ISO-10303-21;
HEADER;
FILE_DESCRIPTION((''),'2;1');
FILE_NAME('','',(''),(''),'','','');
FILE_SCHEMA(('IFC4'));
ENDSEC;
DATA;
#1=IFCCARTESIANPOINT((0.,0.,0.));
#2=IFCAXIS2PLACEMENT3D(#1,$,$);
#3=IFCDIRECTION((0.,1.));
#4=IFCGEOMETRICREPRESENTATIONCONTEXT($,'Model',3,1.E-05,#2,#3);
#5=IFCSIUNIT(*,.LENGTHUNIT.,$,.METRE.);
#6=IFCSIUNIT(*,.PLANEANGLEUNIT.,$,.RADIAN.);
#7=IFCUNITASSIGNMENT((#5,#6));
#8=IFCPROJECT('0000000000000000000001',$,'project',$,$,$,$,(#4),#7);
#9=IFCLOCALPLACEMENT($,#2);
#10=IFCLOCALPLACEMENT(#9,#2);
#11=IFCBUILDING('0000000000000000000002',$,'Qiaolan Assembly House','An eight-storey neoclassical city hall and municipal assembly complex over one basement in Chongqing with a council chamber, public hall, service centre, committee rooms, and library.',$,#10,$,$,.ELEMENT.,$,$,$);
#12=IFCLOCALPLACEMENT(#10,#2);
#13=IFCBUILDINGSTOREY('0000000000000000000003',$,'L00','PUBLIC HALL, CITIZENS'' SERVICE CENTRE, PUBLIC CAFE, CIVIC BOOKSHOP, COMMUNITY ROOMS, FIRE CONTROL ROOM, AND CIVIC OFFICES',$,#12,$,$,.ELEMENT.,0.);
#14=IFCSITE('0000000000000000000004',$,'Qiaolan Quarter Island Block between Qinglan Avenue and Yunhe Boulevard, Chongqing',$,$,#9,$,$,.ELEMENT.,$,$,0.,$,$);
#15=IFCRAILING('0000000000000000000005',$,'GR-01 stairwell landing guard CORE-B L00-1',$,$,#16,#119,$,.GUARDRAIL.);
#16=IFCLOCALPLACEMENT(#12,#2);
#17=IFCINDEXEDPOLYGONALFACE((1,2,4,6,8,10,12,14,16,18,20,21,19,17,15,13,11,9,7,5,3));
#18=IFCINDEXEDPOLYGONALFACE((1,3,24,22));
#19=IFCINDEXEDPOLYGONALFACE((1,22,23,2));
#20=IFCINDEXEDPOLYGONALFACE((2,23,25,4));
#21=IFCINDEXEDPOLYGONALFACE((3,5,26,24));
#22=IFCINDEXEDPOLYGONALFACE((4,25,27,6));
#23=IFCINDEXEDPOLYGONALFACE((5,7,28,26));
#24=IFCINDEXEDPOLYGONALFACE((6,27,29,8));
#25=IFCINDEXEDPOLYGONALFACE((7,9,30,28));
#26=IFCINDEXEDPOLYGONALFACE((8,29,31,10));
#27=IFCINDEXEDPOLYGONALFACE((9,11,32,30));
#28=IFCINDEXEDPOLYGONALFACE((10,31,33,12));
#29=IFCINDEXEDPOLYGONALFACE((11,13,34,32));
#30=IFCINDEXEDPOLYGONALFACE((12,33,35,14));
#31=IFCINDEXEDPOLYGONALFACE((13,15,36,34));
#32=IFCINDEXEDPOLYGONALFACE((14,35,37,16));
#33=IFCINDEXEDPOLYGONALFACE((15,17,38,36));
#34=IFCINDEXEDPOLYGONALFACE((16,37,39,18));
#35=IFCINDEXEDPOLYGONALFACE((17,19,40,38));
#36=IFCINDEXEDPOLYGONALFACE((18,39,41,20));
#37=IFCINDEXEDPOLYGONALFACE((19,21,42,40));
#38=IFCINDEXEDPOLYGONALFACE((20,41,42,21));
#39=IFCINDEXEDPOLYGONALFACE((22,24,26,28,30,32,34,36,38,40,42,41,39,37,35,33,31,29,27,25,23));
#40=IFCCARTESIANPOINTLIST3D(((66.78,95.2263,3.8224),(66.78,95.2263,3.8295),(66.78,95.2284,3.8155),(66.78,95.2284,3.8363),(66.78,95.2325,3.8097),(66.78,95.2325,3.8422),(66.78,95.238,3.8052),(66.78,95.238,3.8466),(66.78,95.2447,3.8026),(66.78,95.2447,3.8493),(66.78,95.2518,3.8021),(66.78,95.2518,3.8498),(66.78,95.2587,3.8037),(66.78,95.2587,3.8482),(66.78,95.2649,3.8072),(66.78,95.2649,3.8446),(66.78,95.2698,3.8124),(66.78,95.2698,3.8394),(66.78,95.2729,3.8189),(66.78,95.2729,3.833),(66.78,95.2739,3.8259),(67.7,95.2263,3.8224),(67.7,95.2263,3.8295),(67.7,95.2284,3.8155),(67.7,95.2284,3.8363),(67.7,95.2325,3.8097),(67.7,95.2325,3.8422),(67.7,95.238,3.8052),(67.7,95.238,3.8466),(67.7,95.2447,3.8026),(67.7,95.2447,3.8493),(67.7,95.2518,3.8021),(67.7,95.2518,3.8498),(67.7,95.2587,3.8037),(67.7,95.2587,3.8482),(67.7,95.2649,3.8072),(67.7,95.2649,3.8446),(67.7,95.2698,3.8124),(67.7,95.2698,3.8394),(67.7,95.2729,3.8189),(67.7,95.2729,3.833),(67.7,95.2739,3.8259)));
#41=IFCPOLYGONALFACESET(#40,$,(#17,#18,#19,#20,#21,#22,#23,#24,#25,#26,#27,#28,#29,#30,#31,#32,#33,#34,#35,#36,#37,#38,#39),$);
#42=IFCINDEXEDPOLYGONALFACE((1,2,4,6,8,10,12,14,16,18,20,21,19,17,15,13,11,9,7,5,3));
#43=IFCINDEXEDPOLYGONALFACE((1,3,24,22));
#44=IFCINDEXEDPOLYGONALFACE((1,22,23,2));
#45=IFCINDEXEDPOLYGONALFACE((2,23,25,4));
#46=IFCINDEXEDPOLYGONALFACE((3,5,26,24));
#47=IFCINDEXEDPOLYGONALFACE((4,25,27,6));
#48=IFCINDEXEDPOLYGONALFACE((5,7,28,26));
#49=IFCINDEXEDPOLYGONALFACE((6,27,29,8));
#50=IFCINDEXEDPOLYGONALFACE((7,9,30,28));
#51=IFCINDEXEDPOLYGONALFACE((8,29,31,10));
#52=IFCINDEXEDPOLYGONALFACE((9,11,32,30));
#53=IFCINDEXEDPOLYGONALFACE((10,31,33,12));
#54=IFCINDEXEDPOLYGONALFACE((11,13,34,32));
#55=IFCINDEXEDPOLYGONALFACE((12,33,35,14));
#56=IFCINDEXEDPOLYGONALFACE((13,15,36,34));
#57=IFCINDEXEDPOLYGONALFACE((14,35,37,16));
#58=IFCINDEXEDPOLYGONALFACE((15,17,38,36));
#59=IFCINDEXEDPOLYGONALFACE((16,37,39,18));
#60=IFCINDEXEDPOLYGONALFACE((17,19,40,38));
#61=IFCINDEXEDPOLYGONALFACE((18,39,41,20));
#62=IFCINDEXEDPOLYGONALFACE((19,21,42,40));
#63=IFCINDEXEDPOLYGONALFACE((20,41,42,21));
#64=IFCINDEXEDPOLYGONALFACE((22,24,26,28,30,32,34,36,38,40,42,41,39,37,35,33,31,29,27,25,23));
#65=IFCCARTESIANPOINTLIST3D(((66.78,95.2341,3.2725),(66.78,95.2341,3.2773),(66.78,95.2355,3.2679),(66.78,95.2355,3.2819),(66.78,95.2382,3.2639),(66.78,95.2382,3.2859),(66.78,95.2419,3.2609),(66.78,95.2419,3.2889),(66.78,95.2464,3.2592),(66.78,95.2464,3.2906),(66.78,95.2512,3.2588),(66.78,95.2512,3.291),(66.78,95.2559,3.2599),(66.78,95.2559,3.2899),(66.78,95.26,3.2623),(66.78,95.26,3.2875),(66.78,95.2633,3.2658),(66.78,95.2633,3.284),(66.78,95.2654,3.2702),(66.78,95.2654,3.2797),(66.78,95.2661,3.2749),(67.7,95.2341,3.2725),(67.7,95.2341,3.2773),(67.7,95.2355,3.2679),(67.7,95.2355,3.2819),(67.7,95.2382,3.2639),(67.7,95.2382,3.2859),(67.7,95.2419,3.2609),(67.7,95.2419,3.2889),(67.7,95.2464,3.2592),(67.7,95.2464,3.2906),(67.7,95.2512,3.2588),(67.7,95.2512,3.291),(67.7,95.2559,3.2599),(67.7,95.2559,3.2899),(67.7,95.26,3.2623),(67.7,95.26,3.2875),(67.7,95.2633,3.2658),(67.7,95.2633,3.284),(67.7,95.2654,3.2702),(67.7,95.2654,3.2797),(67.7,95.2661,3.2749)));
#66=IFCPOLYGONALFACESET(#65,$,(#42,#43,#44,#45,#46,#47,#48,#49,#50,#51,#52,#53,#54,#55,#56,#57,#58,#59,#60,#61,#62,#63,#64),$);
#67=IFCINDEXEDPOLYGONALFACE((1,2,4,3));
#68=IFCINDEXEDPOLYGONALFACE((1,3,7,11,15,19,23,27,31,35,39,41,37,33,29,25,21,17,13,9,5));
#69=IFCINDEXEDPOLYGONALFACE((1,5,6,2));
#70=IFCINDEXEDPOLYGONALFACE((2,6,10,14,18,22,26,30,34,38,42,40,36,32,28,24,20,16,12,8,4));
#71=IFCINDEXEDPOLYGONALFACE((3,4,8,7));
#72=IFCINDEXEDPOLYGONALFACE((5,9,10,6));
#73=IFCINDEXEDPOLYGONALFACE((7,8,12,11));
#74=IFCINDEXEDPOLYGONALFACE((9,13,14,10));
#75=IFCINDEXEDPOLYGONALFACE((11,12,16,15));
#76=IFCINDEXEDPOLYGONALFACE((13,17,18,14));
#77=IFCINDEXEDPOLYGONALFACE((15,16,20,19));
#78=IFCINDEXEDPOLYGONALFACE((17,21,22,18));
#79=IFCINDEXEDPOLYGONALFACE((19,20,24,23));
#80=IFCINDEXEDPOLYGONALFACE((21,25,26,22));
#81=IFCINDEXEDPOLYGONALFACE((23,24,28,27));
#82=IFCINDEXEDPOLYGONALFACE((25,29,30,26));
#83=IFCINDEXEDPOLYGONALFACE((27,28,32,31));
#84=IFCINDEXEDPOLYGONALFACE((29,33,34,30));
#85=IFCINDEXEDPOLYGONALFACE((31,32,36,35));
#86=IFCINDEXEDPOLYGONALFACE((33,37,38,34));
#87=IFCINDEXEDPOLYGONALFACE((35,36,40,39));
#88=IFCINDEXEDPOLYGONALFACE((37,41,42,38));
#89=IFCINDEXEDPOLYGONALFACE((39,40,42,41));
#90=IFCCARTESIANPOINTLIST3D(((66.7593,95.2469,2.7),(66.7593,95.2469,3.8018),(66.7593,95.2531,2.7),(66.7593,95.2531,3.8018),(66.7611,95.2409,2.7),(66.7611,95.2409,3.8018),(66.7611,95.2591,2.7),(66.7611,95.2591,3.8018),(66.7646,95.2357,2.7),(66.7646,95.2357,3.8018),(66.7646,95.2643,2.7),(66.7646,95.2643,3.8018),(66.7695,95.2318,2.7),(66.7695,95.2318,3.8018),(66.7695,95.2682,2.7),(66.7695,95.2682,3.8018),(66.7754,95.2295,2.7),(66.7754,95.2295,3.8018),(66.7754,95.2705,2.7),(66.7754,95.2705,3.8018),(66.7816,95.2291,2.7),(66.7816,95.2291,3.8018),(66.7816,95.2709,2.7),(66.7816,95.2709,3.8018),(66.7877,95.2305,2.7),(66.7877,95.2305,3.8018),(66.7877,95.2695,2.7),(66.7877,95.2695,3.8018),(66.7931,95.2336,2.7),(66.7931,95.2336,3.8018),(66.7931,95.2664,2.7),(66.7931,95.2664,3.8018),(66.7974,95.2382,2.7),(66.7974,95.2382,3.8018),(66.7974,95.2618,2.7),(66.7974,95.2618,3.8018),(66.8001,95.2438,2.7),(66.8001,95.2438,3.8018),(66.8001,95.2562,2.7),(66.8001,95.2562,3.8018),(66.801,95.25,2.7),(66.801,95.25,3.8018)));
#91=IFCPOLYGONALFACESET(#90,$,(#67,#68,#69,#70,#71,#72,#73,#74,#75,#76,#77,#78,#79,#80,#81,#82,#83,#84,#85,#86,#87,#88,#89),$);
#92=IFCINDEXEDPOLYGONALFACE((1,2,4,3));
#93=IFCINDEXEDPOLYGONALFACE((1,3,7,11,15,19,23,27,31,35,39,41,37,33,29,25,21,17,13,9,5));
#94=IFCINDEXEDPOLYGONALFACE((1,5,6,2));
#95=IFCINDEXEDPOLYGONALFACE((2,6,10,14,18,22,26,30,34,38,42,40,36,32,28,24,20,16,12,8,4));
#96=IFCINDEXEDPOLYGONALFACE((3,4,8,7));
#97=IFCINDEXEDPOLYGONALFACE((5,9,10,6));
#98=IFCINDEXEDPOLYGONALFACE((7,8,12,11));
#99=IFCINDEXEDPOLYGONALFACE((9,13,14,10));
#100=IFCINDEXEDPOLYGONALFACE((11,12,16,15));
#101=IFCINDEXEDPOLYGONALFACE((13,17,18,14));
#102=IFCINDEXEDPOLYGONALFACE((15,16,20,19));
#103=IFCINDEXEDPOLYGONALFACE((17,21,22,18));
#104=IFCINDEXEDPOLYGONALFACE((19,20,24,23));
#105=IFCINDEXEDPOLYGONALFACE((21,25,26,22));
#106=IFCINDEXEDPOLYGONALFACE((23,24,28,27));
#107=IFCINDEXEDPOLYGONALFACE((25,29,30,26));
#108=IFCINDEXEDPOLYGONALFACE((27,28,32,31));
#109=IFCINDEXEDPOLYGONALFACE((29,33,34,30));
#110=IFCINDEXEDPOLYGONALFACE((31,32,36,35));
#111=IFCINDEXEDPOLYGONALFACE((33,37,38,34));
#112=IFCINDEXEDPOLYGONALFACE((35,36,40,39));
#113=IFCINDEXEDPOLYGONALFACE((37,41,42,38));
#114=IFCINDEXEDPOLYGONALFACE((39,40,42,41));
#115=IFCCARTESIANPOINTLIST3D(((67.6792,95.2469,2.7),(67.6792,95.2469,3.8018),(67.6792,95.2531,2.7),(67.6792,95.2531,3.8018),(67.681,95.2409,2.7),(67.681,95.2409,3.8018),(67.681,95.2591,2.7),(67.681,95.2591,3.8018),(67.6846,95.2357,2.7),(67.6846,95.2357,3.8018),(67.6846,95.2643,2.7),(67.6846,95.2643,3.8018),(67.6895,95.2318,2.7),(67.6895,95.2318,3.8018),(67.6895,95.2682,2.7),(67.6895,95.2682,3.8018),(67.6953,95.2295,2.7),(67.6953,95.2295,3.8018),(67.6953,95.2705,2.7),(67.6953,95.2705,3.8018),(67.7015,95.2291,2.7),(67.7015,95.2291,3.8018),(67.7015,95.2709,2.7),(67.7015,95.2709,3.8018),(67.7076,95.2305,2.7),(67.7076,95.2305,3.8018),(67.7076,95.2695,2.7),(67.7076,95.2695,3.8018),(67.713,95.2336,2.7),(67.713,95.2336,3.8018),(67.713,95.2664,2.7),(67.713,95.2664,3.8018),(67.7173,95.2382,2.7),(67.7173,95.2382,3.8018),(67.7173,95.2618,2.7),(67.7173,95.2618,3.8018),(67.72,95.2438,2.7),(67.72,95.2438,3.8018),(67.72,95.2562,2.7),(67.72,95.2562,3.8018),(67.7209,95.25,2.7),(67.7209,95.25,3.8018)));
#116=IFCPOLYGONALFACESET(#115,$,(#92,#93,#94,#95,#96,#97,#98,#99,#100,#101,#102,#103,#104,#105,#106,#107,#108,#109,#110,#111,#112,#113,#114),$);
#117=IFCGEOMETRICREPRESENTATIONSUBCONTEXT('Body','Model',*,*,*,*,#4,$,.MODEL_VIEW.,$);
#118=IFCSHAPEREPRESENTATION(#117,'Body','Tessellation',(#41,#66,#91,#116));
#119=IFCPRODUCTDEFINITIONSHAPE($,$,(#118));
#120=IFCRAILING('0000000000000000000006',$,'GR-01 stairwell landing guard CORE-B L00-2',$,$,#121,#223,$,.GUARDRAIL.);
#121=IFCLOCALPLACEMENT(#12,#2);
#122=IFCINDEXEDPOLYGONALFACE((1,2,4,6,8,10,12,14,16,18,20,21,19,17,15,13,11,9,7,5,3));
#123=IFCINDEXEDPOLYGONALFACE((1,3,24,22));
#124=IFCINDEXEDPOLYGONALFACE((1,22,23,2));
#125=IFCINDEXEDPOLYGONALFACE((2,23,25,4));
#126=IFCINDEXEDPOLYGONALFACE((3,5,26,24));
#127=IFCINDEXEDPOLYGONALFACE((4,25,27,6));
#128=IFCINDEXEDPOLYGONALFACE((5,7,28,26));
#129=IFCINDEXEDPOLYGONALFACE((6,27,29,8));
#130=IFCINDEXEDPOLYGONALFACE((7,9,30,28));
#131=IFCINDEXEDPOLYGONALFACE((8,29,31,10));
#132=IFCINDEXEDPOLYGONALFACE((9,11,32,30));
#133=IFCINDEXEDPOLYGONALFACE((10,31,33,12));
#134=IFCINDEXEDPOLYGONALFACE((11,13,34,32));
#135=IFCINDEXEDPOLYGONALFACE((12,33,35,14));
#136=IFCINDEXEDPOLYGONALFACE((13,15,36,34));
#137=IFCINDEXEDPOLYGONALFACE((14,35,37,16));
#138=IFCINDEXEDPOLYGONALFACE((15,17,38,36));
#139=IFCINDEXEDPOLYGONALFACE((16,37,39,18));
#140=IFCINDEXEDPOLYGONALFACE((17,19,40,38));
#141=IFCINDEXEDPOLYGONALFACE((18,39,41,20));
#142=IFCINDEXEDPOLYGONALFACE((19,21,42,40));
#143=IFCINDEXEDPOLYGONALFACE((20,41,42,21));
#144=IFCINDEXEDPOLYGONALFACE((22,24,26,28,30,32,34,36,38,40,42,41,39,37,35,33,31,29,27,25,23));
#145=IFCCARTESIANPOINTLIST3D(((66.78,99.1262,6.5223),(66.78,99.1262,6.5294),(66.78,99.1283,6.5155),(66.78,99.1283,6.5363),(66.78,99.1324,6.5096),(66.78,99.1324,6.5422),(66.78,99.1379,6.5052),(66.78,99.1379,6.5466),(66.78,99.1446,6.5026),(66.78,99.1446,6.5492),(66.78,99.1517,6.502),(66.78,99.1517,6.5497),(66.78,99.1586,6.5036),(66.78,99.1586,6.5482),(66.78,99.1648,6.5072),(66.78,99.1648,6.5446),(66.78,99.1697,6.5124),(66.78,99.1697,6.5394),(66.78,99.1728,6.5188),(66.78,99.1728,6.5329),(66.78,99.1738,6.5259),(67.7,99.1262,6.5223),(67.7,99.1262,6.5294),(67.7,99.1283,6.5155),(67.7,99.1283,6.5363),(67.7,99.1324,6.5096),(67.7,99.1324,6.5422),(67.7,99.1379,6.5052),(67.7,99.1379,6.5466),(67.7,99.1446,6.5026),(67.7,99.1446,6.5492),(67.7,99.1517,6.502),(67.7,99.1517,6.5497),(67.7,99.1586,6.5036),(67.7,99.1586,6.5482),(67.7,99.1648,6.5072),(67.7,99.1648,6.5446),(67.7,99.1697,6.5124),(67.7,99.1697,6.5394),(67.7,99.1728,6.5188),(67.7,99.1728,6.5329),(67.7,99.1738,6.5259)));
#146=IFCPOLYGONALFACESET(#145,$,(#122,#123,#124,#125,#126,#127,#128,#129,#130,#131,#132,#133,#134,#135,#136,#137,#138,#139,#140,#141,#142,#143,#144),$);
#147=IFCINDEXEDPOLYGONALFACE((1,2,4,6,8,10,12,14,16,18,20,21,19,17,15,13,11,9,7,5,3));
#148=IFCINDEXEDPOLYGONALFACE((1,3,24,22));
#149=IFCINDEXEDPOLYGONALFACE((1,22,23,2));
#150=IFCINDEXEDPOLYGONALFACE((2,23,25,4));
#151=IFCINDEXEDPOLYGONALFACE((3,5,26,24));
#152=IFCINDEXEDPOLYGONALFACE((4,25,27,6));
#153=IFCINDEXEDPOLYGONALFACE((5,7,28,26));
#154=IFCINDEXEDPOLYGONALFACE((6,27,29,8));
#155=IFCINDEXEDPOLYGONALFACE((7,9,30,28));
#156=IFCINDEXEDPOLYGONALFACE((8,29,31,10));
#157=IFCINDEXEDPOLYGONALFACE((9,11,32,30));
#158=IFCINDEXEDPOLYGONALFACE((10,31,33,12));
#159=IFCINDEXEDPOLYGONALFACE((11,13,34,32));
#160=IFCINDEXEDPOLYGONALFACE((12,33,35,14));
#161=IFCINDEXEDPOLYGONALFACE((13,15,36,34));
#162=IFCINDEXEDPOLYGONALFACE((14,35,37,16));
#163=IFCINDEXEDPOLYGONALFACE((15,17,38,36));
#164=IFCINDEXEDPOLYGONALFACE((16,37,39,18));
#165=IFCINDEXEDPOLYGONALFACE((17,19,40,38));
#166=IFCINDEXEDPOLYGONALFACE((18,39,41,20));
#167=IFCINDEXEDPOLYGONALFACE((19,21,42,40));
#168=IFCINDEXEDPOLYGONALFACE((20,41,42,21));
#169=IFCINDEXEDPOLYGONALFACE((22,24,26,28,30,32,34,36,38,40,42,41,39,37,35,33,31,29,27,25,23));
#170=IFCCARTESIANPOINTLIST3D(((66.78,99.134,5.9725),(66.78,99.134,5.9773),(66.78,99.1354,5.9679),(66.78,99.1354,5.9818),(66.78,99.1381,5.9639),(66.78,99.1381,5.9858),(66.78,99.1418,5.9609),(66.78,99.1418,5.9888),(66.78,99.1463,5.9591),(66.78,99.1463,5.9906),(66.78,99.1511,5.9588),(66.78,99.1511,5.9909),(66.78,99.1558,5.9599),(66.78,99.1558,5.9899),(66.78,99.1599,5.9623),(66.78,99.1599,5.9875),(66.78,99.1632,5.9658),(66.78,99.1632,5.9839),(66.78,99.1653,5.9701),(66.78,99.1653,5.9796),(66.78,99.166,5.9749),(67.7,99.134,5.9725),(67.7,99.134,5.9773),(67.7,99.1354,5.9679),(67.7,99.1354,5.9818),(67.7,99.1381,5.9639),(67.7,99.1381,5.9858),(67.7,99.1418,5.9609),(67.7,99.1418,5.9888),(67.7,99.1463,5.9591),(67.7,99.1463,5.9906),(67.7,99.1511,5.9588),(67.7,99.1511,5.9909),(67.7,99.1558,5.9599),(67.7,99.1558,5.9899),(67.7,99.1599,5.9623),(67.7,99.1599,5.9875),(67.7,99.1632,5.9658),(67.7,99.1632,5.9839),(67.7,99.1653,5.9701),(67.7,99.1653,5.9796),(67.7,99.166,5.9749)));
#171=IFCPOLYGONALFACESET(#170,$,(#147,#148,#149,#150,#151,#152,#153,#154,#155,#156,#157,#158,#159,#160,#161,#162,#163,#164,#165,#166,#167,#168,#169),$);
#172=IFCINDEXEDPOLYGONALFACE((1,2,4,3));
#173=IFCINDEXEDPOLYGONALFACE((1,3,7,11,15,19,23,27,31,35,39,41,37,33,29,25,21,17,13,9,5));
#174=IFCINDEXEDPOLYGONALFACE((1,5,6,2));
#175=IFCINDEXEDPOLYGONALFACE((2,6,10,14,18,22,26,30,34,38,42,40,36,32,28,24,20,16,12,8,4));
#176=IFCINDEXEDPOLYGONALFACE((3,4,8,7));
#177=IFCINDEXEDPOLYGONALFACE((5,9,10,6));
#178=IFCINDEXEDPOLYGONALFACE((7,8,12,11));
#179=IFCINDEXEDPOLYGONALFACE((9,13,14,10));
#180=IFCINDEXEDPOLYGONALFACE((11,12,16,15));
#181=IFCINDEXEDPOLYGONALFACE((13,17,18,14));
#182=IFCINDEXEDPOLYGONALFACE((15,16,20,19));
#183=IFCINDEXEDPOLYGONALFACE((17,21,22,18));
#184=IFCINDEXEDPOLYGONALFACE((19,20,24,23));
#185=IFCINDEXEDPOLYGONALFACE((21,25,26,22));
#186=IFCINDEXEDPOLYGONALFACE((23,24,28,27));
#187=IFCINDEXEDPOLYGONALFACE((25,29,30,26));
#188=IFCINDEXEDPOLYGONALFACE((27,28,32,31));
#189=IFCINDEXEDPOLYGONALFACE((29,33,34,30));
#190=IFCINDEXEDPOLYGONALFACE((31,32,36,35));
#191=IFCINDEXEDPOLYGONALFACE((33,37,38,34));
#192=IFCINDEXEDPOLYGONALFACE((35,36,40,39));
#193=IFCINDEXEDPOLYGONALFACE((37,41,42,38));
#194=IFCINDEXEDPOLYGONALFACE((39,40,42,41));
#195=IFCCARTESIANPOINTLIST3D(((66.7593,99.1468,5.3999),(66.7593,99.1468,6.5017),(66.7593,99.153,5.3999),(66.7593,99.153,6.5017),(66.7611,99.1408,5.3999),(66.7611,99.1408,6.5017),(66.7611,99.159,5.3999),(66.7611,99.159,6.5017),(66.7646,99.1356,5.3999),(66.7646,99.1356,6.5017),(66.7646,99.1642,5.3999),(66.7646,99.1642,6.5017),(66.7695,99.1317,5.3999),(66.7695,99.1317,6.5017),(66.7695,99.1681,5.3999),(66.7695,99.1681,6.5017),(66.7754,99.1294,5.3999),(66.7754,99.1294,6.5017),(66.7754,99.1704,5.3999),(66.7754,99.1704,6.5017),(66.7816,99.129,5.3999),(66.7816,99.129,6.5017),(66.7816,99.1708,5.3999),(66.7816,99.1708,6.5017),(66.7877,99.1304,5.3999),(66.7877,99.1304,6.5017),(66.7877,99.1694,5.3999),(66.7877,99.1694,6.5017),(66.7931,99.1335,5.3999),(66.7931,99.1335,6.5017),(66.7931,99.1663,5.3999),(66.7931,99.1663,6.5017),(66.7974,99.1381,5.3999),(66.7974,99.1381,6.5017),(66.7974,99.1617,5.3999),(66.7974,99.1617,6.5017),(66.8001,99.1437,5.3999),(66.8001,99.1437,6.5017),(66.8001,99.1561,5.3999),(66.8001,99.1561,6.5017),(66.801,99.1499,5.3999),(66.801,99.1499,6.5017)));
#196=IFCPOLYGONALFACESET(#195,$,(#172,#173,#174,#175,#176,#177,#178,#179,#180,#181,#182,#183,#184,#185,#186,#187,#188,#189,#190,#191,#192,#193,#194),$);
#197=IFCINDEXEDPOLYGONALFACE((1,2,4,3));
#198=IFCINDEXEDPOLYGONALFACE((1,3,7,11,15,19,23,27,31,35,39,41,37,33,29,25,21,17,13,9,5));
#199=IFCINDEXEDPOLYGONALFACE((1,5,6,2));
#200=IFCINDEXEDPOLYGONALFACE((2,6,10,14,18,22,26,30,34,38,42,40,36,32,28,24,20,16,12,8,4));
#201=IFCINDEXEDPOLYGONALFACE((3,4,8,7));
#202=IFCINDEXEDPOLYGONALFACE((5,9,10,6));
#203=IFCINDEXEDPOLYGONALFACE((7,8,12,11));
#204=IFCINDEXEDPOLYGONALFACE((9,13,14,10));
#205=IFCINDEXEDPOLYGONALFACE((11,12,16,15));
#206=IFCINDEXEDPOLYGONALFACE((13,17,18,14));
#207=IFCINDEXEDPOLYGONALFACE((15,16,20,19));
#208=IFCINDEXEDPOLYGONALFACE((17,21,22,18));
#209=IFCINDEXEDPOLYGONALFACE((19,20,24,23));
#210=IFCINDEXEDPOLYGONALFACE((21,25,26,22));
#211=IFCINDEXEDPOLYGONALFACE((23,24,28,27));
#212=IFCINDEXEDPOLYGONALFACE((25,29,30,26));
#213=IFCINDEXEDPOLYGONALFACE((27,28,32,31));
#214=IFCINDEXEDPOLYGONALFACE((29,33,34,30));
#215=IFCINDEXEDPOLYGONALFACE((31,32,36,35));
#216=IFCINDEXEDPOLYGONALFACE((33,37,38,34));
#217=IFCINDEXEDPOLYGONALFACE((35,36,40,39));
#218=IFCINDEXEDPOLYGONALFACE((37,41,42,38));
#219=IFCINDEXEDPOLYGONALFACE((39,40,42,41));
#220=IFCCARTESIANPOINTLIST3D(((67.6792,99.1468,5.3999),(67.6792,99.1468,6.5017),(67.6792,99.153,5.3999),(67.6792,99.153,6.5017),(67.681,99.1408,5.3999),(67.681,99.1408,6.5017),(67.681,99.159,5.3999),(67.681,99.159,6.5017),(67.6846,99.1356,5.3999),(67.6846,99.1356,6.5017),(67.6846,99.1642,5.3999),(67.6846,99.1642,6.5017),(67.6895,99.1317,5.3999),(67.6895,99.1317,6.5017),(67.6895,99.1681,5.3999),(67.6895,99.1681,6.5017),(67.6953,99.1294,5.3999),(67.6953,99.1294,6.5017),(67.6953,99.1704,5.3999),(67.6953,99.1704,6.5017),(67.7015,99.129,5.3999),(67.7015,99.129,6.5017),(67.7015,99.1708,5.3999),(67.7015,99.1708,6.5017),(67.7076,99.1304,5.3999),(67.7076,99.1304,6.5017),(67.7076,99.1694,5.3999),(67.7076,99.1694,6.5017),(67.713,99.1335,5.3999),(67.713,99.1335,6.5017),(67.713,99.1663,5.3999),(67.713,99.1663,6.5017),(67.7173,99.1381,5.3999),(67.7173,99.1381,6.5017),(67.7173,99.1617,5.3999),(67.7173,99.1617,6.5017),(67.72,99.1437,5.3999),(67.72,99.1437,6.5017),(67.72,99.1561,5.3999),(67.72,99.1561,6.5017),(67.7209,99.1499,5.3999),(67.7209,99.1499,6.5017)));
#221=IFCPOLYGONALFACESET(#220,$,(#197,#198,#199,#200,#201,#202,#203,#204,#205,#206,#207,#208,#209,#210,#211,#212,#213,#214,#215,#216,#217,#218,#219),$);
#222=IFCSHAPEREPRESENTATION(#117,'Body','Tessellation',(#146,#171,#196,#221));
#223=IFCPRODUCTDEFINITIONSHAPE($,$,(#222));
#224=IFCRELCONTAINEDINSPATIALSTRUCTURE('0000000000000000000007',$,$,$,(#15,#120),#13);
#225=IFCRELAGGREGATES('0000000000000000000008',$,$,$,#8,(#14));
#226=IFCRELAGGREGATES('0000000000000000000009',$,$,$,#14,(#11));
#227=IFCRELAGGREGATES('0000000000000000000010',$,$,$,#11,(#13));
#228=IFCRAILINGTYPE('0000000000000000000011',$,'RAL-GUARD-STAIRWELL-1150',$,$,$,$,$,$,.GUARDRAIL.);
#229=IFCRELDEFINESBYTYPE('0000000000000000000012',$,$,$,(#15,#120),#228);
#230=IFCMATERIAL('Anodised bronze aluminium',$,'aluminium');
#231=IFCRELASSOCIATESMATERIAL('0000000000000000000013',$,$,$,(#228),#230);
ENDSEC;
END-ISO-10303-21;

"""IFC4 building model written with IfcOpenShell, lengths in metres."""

from ifc_helpers import new_model, si_unit, direction, frame, origin, origin_2d, place, context, subcontext, project, spatial, circle, extrude, material, type_object, element, save


model = new_model("IFC4")

# Units and contexts
model_context = context("Model", 3, precision=1e-05, world=origin(), true_north=direction((0.0, 1.0)))
body_context = subcontext(model_context, "Body", "Model", "MODEL_VIEW")
ifc_project = project(units=[si_unit("LENGTHUNIT", "METRE"), si_unit("PLANEANGLEUNIT", "RADIAN")], contexts=[model_context])

# Site, building, storey
site_placement = place(None, origin())
site = spatial("IfcSite", under=ifc_project, at=site_placement, Name="Qiaolan Quarter Island Block between Qinglan Avenue and Yunhe Boulevard, Chongqing", CompositionType="ELEMENT", RefElevation=0.0)
building_placement = place(site_placement, origin())
building = spatial("IfcBuilding", under=site, at=building_placement, Name="Qiaolan Assembly House", Description="An eight-storey neoclassical city hall and municipal assembly complex over one basement in Chongqing with a council chamber, public hall, service centre, committee rooms, and library.", CompositionType="ELEMENT")
storey_placement = place(building_placement, origin())
storey = spatial("IfcBuildingStorey", under=building, at=storey_placement, Name="L00", Description="PUBLIC HALL, CITIZENS' SERVICE CENTRE, PUBLIC CAFE, CIVIC BOOKSHOP, COMMUNITY ROOMS, FIRE CONTROL ROOM, AND CIVIC OFFICES", CompositionType="ELEMENT", Elevation=0.0)

# Shared definitions
ifc_material_1 = material(Name="Anodised bronze aluminium", Category="aluminium")

# Railings
railing_type_1 = type_object("IfcRailingType", Name="RAL-GUARD-STAIRWELL-1150", PredefinedType="GUARDRAIL", material=ifc_material_1)
for number, where, name in (
    (1, (66.78, 95.25, 2.7), "GR-01 stairwell landing guard CORE-B L00-1"),
    (2, (66.78, 99.1499, 5.3999), "GR-01 stairwell landing guard CORE-B L00-2"),
):
    element("IfcRailing", number, at=place(storey_placement, frame(where)), inside=storey, type_object=railing_type_1, Name=name, PredefinedType="GUARDRAIL", context=body_context, shape_type="SweptSolid", body=[
        extrude(circle(Radius=0.0239, at=origin_2d()), frame((0.0, 0.0, 1.126), z_axis=(1.0, 0.0, 0.0), x_axis=(0.0, 1.0, 0.0)), (0.0, 0.0, 1.0), 0.9199),
        extrude(circle(Radius=0.0161, at=origin_2d()), frame((0.0, 0.0, 0.575), z_axis=(1.0, 0.0, 0.0), x_axis=(0.0, 1.0, 0.0)), (0.0, 0.0, 1.0), 0.9199),
        extrude(circle(Radius=0.021, at=origin_2d()), origin(), (0.0, 0.0, 1.0), 1.1018),
        extrude(circle(Radius=0.021, at=origin_2d()), frame((0.9199, 0.0, 0.0)), (0.0, 0.0, 1.0), 1.1018),
    ])

save(model, "model.ifc")
